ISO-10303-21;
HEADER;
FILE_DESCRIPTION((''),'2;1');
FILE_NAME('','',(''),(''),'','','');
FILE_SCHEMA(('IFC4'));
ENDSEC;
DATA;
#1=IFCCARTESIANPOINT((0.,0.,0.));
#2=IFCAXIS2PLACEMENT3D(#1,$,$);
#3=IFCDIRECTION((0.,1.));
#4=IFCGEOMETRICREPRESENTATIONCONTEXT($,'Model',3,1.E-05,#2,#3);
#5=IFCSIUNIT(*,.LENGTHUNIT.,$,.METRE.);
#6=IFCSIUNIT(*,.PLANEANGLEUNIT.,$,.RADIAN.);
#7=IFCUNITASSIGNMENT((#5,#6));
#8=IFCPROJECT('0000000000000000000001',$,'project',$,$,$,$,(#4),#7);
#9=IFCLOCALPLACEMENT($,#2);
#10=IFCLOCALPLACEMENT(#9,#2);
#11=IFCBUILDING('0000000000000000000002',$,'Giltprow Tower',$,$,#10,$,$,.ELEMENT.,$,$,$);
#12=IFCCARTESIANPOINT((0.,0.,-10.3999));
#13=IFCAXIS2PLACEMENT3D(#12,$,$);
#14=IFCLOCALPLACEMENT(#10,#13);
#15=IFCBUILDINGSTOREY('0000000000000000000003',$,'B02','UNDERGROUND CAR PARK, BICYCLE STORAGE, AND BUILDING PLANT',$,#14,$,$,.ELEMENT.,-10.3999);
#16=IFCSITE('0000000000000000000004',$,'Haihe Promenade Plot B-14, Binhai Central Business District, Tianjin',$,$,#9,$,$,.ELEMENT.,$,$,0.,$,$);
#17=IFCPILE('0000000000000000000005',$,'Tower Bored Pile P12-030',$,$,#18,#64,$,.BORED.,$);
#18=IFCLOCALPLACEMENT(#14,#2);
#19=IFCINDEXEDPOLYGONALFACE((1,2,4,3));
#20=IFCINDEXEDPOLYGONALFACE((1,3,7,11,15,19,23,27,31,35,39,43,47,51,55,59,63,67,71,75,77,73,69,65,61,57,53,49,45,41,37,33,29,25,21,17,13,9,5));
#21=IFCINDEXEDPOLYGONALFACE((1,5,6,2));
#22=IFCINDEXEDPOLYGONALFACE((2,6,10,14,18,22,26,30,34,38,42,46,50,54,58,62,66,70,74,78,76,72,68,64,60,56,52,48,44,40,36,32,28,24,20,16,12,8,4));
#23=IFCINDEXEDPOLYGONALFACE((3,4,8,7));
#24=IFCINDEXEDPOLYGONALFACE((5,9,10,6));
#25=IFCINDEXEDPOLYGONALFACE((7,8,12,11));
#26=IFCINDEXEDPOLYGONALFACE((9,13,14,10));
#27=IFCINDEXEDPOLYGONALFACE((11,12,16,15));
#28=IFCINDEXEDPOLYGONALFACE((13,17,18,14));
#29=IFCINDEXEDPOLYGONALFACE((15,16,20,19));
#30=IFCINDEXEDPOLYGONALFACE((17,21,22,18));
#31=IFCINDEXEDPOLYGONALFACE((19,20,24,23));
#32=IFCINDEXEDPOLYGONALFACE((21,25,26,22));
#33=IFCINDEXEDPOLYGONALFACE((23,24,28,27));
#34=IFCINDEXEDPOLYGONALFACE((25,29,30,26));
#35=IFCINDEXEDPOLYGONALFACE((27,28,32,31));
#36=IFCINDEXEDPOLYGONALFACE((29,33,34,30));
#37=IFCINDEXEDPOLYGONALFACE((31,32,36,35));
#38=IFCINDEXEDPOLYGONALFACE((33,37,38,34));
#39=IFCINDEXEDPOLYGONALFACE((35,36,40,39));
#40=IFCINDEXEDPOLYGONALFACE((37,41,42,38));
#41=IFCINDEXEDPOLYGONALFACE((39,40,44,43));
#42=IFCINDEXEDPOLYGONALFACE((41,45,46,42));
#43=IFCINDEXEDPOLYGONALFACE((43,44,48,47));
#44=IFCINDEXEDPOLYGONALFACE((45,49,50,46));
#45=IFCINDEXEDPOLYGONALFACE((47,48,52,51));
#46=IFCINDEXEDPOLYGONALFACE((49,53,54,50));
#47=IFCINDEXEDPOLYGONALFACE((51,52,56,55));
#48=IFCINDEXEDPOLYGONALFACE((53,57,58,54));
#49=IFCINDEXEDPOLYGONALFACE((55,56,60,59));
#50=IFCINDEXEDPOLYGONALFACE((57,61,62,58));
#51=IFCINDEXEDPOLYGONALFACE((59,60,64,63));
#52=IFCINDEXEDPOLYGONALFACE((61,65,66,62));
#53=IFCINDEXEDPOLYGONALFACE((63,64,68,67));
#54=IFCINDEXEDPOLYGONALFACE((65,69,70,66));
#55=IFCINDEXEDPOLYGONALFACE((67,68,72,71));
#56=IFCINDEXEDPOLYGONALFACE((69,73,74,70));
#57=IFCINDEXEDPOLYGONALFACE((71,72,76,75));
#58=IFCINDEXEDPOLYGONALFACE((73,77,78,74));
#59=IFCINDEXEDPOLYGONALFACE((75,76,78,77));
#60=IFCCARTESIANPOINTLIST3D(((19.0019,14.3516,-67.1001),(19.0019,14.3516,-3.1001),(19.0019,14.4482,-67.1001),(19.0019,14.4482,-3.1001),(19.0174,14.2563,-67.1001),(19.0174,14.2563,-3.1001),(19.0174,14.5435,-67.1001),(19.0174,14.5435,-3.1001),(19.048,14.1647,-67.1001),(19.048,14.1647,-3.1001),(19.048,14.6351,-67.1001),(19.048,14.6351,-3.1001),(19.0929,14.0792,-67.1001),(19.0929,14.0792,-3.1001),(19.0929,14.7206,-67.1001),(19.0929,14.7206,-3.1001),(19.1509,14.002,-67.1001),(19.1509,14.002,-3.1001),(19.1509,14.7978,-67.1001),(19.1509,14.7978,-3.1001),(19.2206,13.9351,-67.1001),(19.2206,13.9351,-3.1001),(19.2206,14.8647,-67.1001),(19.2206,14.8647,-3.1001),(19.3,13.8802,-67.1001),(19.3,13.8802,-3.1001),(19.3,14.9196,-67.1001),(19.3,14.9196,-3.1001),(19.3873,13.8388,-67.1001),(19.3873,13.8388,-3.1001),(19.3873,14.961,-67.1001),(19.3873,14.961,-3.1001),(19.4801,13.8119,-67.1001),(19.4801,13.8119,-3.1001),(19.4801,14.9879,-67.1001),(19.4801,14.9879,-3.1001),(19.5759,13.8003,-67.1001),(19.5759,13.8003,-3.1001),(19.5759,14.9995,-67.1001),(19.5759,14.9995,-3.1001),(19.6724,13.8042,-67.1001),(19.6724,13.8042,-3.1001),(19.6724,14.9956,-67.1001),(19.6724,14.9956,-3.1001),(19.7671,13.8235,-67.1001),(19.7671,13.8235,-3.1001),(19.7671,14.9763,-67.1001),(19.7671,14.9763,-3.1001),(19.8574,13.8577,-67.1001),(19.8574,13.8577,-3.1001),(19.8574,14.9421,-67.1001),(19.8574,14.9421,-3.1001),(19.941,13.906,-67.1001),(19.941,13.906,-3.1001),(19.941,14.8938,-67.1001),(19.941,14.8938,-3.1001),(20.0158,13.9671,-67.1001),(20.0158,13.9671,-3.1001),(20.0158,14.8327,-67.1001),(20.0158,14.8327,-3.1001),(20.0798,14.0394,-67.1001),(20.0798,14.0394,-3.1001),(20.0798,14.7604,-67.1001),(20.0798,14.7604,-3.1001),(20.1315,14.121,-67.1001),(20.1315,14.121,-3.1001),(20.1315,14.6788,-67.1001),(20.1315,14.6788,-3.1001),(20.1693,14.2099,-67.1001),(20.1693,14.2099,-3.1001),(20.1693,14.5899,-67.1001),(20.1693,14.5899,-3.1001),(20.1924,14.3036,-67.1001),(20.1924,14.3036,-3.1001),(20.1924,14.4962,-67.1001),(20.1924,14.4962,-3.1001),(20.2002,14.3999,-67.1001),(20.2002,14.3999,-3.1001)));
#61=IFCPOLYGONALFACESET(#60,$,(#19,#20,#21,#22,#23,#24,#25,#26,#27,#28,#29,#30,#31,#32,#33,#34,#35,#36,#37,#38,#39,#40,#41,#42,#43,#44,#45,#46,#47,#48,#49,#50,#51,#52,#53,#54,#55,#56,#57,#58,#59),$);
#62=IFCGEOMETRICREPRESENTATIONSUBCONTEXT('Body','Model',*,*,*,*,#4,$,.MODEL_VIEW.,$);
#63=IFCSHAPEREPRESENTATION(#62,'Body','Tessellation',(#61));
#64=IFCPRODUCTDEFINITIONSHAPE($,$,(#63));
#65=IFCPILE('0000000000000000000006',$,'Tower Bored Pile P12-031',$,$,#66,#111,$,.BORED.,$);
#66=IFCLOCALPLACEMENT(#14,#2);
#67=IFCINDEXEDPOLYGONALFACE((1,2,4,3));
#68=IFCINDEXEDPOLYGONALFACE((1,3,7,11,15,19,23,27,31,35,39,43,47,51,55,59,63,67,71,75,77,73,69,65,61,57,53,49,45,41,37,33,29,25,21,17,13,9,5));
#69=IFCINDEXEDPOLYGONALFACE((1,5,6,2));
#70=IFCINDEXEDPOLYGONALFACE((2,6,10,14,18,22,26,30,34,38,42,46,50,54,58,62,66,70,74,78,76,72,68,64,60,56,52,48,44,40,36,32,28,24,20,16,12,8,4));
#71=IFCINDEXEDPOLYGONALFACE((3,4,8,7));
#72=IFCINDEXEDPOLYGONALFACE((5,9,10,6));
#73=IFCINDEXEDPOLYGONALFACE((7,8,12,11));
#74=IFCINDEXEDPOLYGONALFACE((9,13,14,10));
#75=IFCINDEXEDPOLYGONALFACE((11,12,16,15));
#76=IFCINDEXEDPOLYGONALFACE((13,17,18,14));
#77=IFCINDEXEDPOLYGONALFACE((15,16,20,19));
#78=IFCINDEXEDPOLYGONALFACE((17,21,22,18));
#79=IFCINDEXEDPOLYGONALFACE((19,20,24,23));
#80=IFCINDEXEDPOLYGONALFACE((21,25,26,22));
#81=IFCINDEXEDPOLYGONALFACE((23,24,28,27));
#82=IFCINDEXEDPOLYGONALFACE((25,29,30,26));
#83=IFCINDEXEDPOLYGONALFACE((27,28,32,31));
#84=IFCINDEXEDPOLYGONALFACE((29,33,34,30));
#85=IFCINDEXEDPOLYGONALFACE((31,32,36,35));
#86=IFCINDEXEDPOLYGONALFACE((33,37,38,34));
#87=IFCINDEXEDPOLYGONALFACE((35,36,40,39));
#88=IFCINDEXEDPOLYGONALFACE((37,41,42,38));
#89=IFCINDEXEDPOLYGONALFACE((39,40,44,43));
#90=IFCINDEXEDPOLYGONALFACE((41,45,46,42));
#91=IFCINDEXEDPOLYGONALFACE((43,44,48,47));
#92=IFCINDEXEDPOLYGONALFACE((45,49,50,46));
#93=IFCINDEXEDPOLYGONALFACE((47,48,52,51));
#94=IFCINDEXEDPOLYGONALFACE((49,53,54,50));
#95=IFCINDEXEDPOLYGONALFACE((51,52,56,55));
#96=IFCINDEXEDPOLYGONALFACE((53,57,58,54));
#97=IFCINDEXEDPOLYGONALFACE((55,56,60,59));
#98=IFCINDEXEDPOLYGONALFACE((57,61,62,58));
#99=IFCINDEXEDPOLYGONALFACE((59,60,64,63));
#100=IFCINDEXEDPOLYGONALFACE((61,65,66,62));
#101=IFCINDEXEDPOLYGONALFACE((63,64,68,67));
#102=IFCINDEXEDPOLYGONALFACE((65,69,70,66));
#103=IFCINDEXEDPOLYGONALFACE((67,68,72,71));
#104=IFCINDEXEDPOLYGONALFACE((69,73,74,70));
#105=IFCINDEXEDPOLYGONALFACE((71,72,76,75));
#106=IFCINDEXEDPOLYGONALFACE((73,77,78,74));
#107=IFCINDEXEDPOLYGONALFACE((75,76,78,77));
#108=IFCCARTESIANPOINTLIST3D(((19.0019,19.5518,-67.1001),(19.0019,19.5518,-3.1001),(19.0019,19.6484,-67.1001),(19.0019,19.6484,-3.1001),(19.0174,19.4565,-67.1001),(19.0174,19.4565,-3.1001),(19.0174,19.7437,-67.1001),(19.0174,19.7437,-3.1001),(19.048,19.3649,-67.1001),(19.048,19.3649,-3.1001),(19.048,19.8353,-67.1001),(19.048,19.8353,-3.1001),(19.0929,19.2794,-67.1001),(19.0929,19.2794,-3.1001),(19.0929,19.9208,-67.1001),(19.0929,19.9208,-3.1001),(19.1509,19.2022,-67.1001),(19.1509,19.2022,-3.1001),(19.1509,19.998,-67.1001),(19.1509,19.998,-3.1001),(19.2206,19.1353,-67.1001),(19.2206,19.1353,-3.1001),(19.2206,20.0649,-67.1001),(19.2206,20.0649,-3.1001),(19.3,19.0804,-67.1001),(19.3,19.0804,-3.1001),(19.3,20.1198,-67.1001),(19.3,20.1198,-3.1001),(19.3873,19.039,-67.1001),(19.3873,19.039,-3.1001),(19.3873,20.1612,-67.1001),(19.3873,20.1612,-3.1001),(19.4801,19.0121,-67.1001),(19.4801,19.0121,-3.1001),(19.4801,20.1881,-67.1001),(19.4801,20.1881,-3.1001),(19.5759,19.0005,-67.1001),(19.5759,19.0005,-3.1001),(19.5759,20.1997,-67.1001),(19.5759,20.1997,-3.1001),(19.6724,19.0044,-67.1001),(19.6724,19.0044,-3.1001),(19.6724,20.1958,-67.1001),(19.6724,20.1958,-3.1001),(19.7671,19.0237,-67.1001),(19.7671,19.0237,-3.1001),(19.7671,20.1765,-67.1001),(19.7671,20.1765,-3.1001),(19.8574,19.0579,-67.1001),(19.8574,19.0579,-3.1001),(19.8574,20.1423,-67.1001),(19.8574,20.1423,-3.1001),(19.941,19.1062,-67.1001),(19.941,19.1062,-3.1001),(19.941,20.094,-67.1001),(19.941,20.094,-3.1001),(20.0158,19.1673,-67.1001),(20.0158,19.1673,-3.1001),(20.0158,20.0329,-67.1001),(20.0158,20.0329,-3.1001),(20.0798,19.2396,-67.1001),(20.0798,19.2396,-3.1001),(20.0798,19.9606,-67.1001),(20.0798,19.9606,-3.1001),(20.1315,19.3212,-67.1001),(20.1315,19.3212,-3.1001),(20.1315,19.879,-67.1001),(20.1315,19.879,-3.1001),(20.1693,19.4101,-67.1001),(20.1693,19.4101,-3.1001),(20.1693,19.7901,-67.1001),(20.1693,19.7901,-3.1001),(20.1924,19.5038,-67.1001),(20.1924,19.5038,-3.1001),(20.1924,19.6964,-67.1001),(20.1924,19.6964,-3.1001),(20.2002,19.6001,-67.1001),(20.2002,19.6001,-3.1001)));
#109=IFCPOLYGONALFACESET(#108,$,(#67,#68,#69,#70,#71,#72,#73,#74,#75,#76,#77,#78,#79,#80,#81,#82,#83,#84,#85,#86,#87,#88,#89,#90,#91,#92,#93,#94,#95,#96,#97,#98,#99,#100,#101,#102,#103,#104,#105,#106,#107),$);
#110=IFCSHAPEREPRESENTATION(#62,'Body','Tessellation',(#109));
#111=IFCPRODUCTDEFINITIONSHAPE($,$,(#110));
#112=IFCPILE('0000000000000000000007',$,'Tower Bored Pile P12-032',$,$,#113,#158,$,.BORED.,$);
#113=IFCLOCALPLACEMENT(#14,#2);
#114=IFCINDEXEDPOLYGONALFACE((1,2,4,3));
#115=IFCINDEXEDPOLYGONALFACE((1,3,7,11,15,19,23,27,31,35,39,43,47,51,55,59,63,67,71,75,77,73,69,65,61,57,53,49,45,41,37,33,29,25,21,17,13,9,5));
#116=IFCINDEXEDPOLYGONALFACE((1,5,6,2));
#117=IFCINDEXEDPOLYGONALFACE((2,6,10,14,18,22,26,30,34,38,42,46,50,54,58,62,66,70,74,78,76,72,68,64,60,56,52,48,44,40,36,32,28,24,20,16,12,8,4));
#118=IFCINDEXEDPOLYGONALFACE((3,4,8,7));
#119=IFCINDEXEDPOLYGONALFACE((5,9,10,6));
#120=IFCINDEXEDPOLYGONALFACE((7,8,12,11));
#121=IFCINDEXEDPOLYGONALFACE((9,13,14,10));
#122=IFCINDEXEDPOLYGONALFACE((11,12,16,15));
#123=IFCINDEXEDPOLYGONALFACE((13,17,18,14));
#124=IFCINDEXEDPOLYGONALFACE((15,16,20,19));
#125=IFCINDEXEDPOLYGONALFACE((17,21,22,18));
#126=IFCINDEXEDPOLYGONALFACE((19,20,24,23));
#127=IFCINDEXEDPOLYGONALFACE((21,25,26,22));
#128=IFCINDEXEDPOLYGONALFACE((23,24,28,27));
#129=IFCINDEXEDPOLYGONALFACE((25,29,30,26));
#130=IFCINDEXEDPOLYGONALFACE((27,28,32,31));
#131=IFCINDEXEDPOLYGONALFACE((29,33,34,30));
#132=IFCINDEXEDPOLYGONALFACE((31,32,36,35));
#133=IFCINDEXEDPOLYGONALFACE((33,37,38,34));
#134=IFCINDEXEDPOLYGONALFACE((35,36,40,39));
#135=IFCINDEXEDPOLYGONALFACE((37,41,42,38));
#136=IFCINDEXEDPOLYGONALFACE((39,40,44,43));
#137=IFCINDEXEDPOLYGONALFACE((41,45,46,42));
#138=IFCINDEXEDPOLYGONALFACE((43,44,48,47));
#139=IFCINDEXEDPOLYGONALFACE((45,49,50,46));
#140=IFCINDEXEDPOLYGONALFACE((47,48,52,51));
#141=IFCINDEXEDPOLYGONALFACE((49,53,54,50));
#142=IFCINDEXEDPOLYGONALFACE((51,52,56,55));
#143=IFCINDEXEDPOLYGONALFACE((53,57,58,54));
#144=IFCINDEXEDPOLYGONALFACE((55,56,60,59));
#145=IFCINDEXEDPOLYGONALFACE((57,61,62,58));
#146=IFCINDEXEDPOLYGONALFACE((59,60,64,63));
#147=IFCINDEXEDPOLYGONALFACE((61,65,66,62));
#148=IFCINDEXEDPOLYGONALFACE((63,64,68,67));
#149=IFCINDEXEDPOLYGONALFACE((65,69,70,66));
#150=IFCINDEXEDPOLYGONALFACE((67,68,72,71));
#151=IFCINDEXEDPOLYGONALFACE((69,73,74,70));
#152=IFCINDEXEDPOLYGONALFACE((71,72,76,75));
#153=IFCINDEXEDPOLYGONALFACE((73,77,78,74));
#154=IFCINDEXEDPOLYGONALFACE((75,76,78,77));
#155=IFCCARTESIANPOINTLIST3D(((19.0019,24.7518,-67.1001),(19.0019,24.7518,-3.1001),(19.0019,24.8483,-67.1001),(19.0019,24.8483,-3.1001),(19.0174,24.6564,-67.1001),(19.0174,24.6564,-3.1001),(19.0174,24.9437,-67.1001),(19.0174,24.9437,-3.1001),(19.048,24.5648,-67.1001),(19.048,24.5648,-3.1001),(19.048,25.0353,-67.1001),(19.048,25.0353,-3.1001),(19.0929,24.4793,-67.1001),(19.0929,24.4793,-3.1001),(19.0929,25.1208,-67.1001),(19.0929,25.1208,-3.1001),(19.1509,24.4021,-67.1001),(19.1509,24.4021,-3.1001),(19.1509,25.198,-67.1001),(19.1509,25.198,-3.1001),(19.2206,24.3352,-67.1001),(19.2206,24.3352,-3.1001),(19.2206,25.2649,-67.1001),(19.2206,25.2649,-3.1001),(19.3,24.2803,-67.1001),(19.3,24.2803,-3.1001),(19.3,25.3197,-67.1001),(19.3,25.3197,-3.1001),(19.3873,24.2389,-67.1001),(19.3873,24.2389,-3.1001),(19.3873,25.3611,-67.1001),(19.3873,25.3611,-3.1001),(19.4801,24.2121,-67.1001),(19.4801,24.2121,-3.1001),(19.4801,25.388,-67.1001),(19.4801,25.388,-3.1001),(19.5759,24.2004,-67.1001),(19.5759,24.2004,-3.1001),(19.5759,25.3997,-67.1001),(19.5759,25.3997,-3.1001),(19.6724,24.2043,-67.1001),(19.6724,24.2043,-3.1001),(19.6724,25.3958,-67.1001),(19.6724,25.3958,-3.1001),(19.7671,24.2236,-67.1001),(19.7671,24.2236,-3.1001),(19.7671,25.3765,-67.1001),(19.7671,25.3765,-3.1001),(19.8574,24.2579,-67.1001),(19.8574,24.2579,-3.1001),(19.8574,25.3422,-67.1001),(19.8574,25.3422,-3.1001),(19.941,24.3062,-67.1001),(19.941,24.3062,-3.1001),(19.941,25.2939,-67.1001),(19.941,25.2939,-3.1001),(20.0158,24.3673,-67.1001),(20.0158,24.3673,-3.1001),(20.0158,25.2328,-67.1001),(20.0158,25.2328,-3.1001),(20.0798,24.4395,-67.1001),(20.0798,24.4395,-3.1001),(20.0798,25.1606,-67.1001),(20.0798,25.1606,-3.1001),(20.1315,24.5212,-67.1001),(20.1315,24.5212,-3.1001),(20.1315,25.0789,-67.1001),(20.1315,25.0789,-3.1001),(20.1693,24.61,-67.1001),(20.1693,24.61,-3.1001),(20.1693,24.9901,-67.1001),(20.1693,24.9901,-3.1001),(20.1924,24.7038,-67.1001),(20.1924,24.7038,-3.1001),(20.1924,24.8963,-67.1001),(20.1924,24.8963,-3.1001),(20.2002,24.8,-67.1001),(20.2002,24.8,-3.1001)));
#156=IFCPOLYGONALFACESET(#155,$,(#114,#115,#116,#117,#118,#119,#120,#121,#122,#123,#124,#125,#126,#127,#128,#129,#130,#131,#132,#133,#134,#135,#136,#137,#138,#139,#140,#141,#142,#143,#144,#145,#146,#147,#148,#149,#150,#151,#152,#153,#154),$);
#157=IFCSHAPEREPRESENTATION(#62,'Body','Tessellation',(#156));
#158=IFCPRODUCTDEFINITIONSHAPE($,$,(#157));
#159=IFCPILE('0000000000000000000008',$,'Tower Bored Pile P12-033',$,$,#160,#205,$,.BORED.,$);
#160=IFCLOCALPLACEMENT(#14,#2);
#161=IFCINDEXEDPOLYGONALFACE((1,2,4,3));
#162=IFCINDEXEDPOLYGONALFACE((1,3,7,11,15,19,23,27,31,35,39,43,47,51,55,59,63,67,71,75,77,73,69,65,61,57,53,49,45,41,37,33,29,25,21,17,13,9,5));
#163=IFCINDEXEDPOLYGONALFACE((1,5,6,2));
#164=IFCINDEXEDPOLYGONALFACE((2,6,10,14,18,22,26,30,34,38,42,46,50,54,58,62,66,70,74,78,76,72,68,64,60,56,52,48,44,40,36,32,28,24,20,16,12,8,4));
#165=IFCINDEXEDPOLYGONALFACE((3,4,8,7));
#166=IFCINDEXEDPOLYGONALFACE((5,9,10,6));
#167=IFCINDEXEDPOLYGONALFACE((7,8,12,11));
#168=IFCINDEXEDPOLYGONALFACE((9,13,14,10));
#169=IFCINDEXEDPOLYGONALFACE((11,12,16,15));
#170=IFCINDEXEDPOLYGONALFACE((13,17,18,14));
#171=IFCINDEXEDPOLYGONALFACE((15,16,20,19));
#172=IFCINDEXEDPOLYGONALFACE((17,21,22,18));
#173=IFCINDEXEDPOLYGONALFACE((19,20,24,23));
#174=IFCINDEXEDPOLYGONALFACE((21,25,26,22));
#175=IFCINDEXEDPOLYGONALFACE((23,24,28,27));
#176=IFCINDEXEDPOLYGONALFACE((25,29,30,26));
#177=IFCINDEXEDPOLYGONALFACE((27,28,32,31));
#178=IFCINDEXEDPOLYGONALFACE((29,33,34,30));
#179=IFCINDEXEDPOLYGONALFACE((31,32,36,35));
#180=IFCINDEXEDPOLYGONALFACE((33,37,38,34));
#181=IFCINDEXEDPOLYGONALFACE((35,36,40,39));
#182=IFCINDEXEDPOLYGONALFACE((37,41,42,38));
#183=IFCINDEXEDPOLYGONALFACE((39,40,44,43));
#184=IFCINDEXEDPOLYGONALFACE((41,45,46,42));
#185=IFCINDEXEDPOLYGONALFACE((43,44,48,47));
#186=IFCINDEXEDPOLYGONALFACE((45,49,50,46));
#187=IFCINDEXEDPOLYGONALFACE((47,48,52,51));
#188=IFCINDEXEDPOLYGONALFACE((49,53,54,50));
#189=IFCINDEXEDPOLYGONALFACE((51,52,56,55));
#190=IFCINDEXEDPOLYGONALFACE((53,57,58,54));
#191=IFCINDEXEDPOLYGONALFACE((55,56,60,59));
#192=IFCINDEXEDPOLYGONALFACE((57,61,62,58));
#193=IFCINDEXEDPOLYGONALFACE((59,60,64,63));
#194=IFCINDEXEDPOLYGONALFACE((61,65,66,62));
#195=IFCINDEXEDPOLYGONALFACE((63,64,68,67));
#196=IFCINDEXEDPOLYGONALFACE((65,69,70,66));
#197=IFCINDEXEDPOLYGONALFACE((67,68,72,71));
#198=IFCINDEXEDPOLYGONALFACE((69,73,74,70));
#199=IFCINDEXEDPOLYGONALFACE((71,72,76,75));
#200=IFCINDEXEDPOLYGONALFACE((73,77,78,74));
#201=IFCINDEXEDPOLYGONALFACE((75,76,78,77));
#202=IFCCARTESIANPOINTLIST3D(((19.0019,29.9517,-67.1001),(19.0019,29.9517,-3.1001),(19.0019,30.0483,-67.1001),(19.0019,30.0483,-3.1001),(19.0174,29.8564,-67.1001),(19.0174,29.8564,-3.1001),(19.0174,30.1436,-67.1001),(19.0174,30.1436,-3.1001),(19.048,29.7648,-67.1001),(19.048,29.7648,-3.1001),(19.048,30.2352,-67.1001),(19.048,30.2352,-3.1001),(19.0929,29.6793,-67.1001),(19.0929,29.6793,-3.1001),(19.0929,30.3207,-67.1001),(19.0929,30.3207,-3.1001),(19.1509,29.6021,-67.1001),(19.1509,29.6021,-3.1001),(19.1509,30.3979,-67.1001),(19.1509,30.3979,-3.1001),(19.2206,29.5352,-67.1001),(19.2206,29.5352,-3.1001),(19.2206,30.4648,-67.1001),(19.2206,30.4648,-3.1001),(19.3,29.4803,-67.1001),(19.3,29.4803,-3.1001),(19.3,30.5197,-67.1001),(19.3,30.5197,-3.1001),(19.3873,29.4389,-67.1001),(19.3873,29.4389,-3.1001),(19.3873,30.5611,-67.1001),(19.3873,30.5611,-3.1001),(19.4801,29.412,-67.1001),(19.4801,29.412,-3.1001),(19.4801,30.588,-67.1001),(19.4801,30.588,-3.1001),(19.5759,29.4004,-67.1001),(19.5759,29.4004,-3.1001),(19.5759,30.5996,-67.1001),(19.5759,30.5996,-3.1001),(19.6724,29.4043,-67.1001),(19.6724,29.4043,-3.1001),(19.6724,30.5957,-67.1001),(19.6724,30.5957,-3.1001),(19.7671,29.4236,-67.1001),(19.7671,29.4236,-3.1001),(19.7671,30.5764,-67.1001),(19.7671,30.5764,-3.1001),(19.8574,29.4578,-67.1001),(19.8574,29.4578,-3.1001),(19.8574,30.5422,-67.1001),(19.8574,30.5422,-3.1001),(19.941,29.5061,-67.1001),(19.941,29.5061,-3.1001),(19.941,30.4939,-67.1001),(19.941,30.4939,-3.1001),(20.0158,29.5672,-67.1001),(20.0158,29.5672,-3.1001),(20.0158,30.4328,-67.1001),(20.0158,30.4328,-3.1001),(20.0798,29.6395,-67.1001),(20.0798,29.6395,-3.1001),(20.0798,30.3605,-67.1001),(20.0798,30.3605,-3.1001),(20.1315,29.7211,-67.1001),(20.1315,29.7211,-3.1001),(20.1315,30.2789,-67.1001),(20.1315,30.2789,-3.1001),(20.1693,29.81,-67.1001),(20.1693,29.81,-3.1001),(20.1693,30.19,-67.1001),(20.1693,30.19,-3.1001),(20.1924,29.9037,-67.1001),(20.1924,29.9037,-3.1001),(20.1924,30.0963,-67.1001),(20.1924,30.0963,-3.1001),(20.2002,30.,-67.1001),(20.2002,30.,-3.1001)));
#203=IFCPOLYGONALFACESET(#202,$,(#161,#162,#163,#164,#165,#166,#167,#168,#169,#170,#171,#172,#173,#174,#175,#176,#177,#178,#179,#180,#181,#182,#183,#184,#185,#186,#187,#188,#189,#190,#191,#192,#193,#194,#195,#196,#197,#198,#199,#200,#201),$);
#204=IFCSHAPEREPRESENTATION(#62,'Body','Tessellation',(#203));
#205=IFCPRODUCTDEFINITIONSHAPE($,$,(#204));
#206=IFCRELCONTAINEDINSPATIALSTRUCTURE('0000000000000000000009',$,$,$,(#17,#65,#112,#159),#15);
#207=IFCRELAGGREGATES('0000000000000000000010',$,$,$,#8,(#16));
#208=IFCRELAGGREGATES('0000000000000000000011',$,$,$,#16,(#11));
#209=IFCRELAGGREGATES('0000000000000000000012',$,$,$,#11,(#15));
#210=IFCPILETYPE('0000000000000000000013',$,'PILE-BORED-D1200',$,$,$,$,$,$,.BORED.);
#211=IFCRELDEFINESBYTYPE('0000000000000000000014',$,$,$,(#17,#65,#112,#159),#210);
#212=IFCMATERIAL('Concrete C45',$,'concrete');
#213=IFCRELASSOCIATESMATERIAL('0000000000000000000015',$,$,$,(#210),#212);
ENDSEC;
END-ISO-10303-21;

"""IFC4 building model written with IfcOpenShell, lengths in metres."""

from ifc_helpers import new_model, si_unit, direction, frame, origin, origin_2d, place, context, subcontext, project, spatial, circle, extrude, source, transform, mapped, material, material_profile, profile_set, type_object, element, save


model = new_model("IFC4")

# Units and contexts
model_context = context("Model", 3, precision=1e-05, world=origin(), true_north=direction((0.0, 1.0)))
body_context = subcontext(model_context, "Body", "Model", "MODEL_VIEW")
ifc_project = project(units=[si_unit("LENGTHUNIT", "METRE"), si_unit("PLANEANGLEUNIT", "RADIAN")], contexts=[model_context])

# Site, building, storey
site_placement = place(None, origin())
site = spatial("IfcSite", under=ifc_project, at=site_placement, Name="Haihe Promenade Plot B-14, Binhai Central Business District, Tianjin", CompositionType="ELEMENT", RefElevation=0.0)
building_placement = place(site_placement, origin())
building = spatial("IfcBuilding", under=site, at=building_placement, Name="Giltprow Tower", CompositionType="ELEMENT")
storey_placement = place(building_placement, frame((0.0, 0.0, -10.3999)))
storey = spatial("IfcBuildingStorey", under=building, at=storey_placement, Name="B02", Description="UNDERGROUND CAR PARK, BICYCLE STORAGE, AND BUILDING PLANT", CompositionType="ELEMENT", Elevation=-10.3999)

# Piles
ifc_material_1 = material(Name="Concrete C45", Category="concrete")
ifc_material_profile_1 = material_profile(ifc_material_1, circle(Radius=0.6001, at=origin_2d()), Name="PILE D1200")
ifc_profile_set_1 = profile_set([ifc_material_profile_1], Name="Concrete C45")
pile_type = type_object("IfcPileType", Name="PILE-BORED-D1200", PredefinedType="BORED", material=ifc_profile_set_1)
shared_shape_1 = source(origin(), body_context, "Body", "SweptSolid", [
    extrude(circle(Radius=0.6001, at=origin_2d()), origin(), (0.0, 0.0, 1.0), 64.0),
])
for number, where, z_axis, x_axis, name in (
    (1, (19.6001, 14.3999, -3.1001), (0.0, 0.0, -1.0), (1.0, 0.0, 0.0), "Tower Bored Pile P12-030"),
    (2, (19.6001, 19.6001, -3.1001), (0.0, 0.0, -1.0), (1.0, 0.0, 0.0), "Tower Bored Pile P12-031"),
    (3, (19.6001, 24.8, -3.1001), (0.0, 0.0, -1.0), (1.0, 0.0, 0.0), "Tower Bored Pile P12-032"),
    (4, (19.6001, 30.0, -3.1001), (0.0, 0.0, -1.0), (1.0, 0.0, 0.0), "Tower Bored Pile P12-033"),
):
    element("IfcPile", number, at=place(storey_placement, frame(where, z_axis=z_axis, x_axis=x_axis)), inside=storey, type_object=pile_type, Name=name, PredefinedType="BORED", context=body_context, shape_type="MappedRepresentation", body=[
        mapped(shared_shape_1, transform((0.0, 0.0, 0.0), x_axis=(1.0, 0.0, 0.0), y_axis=(0.0, 1.0, 0.0), z_axis=(0.0, 0.0, 1.0), scale=1.0)),
    ])

save(model, "model.ifc")
